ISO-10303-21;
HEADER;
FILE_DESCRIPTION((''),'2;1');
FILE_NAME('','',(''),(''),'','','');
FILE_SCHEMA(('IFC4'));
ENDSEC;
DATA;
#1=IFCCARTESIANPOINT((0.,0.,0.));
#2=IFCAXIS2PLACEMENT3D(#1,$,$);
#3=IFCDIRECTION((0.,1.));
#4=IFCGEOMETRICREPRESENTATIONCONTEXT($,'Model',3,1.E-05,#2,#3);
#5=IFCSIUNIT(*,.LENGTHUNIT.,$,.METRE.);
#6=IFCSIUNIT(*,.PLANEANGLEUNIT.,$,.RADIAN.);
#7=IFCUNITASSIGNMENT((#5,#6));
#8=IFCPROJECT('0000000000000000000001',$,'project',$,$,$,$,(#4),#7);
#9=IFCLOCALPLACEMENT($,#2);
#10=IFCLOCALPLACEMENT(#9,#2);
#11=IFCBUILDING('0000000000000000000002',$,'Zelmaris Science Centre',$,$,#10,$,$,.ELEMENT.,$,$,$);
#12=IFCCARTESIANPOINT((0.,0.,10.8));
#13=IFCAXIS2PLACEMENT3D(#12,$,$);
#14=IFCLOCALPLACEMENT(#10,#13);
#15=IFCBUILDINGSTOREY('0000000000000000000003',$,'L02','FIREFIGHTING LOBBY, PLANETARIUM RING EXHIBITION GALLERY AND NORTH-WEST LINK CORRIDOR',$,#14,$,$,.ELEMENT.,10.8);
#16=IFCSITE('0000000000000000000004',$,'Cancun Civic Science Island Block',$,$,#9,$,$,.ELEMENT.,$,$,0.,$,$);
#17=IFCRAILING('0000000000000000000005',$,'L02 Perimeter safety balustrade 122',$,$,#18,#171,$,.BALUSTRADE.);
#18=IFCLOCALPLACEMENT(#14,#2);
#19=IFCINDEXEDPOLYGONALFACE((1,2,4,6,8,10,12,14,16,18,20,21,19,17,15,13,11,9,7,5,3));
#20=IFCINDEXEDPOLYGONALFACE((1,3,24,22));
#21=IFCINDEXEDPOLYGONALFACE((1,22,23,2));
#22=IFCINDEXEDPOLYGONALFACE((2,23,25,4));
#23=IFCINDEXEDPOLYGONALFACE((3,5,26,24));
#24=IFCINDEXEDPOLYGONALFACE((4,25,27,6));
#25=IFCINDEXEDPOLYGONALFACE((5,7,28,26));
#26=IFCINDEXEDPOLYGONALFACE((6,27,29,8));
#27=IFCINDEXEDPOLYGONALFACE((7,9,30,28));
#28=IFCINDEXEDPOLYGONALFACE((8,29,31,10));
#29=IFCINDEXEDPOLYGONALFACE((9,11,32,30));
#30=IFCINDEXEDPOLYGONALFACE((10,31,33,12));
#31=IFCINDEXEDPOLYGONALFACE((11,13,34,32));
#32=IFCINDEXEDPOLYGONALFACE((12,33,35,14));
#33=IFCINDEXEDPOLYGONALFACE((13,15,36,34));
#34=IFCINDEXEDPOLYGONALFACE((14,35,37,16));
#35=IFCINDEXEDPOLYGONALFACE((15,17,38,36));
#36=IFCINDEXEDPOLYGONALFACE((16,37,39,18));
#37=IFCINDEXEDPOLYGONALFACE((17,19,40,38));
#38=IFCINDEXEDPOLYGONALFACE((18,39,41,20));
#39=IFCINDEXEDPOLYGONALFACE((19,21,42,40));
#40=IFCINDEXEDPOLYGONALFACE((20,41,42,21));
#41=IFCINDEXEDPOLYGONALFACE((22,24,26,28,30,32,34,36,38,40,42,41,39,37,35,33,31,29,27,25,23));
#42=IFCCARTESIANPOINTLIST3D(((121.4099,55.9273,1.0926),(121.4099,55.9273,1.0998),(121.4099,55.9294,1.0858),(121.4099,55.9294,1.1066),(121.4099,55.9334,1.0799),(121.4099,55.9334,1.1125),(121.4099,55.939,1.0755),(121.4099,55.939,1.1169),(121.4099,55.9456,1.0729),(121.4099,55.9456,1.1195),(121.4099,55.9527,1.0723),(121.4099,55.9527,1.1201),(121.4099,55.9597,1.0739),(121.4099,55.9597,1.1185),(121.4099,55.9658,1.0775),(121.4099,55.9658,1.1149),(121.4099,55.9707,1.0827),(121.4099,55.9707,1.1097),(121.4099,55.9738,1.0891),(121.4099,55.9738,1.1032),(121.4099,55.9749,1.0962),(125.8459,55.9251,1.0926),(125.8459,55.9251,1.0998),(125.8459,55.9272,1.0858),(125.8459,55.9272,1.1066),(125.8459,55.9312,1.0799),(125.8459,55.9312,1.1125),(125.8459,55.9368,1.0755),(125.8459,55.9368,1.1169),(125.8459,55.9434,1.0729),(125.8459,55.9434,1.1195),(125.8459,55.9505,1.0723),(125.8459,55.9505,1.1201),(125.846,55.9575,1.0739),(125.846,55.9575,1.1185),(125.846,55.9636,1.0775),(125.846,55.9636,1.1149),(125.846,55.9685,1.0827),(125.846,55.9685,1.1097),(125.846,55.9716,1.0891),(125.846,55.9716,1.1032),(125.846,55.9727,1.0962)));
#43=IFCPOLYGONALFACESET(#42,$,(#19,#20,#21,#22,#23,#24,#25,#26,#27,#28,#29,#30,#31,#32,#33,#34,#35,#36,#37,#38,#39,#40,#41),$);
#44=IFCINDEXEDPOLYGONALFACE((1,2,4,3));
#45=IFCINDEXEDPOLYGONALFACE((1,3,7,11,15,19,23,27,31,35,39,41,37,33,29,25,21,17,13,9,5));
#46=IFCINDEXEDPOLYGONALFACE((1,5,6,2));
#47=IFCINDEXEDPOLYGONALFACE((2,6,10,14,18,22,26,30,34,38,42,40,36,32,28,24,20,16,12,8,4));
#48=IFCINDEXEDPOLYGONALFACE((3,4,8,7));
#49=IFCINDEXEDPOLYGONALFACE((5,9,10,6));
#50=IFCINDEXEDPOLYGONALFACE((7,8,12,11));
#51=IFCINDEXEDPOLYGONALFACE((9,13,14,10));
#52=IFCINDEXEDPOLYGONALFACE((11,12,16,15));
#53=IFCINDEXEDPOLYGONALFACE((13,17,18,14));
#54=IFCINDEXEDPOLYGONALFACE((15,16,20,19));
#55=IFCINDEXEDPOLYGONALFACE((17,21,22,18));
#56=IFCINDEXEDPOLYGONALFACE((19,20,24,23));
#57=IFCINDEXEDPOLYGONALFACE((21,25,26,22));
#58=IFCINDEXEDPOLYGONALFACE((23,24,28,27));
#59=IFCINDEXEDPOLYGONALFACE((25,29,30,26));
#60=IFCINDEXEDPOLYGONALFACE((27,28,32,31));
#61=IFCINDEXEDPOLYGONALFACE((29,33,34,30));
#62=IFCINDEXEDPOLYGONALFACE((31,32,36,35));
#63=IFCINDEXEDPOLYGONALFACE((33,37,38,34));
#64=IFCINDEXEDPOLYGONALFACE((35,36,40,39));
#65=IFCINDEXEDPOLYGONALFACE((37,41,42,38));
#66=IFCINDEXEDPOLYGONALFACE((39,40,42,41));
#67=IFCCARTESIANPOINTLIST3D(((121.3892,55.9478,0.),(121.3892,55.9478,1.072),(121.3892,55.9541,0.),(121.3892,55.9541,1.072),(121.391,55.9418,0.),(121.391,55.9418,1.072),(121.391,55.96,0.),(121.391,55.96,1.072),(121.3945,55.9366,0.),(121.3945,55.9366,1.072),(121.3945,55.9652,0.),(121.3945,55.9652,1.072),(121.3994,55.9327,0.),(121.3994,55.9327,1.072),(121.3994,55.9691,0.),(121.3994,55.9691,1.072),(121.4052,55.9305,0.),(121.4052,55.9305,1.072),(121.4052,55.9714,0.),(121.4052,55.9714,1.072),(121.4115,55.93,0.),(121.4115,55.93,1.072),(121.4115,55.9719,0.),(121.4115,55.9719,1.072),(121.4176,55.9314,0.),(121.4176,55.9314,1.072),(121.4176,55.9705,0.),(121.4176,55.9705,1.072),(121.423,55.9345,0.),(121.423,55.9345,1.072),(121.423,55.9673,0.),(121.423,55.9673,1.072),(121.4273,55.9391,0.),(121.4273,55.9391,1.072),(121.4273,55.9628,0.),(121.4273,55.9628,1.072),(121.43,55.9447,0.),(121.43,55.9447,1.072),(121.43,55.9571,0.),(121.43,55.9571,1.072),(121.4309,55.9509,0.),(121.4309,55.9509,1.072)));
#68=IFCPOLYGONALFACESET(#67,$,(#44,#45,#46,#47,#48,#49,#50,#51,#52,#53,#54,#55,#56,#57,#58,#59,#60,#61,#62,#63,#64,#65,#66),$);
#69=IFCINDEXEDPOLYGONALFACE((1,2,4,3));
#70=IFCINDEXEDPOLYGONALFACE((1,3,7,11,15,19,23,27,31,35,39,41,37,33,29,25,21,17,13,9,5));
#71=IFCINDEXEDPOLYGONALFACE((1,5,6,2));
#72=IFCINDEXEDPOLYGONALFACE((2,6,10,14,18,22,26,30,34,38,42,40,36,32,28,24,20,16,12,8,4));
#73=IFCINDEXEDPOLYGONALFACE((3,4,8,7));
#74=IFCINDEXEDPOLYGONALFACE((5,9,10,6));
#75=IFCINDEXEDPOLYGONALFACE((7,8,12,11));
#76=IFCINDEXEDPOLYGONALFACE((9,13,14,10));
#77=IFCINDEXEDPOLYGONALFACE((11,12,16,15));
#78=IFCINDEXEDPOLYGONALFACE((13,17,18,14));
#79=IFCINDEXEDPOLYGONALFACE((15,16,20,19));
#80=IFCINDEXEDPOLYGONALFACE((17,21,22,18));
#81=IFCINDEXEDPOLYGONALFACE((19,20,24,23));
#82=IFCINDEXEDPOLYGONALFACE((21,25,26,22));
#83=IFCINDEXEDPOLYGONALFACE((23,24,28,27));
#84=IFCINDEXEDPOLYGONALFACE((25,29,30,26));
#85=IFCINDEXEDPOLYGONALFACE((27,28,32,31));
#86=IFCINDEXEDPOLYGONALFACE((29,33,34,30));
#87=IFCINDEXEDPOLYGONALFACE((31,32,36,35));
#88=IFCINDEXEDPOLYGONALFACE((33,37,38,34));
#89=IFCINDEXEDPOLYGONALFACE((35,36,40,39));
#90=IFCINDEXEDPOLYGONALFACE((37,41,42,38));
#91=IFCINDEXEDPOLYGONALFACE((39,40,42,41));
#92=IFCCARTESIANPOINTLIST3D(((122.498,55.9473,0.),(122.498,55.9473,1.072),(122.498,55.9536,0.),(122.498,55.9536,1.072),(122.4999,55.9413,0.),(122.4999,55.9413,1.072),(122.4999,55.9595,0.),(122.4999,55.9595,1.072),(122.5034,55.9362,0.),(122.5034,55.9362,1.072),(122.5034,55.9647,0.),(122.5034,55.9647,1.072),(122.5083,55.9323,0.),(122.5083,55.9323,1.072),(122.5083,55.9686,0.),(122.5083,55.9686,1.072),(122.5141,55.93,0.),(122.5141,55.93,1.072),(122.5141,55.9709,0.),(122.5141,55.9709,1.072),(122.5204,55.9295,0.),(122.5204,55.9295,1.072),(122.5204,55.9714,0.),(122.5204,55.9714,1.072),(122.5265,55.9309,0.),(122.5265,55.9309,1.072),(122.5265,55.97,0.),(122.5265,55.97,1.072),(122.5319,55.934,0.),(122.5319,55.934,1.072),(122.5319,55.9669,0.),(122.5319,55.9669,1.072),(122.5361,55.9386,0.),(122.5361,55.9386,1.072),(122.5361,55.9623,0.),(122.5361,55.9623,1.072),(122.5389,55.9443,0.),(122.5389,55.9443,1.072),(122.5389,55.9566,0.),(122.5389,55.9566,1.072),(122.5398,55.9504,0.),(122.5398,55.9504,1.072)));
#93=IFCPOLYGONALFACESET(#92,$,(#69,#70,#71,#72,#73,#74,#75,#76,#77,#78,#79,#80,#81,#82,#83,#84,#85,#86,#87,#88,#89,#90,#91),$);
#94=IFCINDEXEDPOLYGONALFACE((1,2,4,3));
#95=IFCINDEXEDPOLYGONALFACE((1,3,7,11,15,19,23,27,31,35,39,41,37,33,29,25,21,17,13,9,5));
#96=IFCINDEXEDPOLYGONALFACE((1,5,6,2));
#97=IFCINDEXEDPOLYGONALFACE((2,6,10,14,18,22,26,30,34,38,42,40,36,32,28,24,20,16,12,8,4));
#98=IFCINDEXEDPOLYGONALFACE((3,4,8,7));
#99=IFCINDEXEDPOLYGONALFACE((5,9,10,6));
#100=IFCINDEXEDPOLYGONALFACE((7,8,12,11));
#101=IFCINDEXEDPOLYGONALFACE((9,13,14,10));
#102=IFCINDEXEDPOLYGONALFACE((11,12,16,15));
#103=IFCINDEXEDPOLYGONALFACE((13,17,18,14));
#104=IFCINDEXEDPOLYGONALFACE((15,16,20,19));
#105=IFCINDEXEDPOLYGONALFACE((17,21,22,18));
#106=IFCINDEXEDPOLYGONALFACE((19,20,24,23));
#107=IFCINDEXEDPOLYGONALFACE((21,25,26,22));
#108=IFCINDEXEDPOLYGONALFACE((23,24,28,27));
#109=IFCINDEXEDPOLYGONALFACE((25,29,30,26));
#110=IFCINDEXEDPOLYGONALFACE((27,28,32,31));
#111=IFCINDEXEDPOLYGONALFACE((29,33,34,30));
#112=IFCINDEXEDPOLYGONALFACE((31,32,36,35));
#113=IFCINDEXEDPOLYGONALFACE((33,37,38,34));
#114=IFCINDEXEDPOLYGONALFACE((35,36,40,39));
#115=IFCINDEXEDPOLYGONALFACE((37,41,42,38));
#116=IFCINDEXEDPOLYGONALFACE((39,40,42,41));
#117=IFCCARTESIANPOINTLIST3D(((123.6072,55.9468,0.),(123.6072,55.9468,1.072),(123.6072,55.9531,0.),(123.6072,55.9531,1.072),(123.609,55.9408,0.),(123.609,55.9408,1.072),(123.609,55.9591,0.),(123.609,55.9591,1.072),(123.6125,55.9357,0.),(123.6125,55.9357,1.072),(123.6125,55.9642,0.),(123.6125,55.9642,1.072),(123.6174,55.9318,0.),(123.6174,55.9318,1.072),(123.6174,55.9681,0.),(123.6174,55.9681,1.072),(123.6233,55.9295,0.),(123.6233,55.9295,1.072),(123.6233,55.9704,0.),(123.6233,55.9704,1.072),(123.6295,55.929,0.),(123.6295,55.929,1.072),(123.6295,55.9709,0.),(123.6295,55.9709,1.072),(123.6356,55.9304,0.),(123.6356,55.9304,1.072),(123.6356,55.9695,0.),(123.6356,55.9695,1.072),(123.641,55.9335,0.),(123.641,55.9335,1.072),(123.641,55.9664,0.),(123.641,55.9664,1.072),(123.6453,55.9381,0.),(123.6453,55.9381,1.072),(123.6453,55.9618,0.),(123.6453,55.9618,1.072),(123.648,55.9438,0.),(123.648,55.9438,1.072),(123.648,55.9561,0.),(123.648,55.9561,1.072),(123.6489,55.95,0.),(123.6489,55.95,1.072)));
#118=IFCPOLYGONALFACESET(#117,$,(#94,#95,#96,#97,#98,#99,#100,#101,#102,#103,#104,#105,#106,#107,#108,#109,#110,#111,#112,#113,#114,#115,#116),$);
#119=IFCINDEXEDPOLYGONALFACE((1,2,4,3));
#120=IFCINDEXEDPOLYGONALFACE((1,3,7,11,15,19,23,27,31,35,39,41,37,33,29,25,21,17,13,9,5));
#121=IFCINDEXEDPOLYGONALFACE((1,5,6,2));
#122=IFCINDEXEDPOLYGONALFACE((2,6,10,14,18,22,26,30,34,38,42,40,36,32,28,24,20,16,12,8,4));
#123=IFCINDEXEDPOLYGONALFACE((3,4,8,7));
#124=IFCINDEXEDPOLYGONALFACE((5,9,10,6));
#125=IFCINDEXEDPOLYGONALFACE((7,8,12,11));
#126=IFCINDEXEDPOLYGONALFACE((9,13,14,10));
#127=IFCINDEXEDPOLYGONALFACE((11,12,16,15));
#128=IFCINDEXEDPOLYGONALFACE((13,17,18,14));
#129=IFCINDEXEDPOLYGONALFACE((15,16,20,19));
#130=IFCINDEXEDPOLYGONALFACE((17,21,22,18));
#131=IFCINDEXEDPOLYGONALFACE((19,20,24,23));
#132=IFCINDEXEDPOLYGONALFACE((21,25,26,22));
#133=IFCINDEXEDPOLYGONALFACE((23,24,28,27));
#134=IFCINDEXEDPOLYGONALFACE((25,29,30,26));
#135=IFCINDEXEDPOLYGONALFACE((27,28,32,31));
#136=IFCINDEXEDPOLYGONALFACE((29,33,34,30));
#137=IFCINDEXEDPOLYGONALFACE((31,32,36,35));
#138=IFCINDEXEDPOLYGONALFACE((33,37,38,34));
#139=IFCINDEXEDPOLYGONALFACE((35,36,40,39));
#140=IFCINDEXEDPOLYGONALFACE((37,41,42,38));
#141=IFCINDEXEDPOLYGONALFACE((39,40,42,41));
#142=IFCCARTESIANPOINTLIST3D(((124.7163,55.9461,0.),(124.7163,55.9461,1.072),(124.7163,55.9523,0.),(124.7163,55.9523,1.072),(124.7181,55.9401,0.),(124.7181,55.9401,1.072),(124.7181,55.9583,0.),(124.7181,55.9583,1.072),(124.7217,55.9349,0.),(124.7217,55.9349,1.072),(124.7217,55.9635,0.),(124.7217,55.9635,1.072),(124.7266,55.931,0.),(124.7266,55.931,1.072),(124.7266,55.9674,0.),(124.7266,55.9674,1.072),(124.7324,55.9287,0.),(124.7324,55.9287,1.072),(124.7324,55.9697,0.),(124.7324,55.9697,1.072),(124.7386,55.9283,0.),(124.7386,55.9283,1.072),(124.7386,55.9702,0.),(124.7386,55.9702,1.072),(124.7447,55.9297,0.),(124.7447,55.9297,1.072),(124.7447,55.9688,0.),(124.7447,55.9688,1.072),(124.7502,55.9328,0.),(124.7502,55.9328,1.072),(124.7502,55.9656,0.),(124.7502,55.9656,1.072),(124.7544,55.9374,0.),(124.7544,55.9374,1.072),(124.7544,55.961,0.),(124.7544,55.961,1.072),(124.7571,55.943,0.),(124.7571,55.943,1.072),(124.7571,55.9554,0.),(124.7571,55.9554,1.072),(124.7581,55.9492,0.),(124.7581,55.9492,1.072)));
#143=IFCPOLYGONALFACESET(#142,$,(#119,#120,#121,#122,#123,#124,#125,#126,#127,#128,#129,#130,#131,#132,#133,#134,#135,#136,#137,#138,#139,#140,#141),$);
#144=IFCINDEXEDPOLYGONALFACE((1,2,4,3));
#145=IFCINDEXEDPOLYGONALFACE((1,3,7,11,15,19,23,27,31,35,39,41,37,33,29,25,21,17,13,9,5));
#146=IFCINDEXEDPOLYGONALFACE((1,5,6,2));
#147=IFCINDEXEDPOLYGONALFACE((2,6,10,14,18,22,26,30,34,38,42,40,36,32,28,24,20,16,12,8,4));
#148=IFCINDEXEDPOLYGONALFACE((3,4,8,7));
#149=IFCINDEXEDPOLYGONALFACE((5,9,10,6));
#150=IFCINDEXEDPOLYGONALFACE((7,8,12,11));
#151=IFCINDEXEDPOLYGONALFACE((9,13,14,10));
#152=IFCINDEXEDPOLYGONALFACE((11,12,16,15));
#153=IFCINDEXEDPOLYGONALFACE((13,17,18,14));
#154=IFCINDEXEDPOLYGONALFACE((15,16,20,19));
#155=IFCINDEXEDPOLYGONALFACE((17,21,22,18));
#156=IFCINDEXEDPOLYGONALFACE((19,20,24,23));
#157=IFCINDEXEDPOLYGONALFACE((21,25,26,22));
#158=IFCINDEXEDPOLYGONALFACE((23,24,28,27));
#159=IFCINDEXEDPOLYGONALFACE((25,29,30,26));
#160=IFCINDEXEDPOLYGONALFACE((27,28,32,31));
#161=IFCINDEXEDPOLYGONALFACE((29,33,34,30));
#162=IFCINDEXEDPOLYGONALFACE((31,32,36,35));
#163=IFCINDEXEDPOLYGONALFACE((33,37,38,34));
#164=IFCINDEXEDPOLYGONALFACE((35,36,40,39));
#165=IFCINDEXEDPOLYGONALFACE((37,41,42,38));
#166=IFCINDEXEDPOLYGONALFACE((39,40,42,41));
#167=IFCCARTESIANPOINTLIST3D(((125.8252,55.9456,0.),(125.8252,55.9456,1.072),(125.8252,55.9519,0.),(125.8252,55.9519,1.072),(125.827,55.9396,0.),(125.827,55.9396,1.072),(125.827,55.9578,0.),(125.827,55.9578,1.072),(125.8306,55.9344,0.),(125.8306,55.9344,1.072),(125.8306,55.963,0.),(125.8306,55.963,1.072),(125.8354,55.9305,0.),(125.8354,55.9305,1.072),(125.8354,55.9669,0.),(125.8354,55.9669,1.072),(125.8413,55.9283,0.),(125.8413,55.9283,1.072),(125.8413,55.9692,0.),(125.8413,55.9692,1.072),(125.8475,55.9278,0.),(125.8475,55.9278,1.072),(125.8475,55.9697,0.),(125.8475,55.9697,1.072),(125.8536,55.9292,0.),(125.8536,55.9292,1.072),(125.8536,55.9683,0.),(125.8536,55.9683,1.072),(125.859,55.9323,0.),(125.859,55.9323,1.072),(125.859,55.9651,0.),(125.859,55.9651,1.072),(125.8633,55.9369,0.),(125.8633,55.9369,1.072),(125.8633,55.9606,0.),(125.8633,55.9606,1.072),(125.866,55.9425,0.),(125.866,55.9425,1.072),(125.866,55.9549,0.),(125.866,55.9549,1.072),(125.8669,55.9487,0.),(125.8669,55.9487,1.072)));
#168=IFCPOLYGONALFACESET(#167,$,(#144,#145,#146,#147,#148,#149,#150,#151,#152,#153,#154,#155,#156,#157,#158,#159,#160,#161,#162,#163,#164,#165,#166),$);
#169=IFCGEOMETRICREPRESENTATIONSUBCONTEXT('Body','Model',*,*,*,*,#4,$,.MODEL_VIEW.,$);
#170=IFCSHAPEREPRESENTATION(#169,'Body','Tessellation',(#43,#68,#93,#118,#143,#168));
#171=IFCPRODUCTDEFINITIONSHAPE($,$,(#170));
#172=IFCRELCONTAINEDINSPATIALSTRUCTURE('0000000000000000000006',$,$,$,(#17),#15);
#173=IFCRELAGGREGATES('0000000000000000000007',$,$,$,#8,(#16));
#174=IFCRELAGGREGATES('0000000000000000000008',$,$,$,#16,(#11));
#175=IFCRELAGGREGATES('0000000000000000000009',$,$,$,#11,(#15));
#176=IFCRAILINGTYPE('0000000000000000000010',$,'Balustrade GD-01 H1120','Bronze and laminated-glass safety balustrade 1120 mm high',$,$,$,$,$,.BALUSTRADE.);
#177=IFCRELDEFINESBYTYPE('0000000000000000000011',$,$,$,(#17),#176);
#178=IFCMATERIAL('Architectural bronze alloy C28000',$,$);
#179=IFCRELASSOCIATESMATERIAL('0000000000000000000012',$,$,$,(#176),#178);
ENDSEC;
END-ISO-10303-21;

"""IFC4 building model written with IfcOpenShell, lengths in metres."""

from ifc_helpers import new_model, si_unit, direction, frame, origin, origin_2d, place, context, subcontext, project, spatial, circle, extrude, material, type_object, element, save


model = new_model("IFC4")

# Units and contexts
model_context = context("Model", 3, precision=1e-05, world=origin(), true_north=direction((0.0, 1.0)))
body_context = subcontext(model_context, "Body", "Model", "MODEL_VIEW")
ifc_project = project(units=[si_unit("LENGTHUNIT", "METRE"), si_unit("PLANEANGLEUNIT", "RADIAN")], contexts=[model_context])

# Site, building, storey
site_placement = place(None, origin())
site = spatial("IfcSite", under=ifc_project, at=site_placement, Name="Cancun Civic Science Island Block", CompositionType="ELEMENT", RefElevation=0.0)
building_placement = place(site_placement, origin())
building = spatial("IfcBuilding", under=site, at=building_placement, Name="Zelmaris Science Centre", CompositionType="ELEMENT")
storey_placement = place(building_placement, frame((0.0, 0.0, 10.8)))
storey = spatial("IfcBuildingStorey", under=building, at=storey_placement, Name="L02", Description="FIREFIGHTING LOBBY, PLANETARIUM RING EXHIBITION GALLERY AND NORTH-WEST LINK CORRIDOR", CompositionType="ELEMENT", Elevation=10.8)

# Railing
ifc_material_1 = material(Name="Architectural bronze alloy C28000")
railing_type = type_object("IfcRailingType", Name="Balustrade GD-01 H1120", Description="Bronze and laminated-glass safety balustrade 1120 mm high", PredefinedType="BALUSTRADE", material=ifc_material_1)
railing_placement = place(storey_placement, frame((121.4099, 55.9509, 0.0)))
element("IfcRailing", 1, at=railing_placement, inside=storey, type_object=railing_type, Name="L02 Perimeter safety balustrade 122", PredefinedType="BALUSTRADE", context=body_context, shape_type="SweptSolid", body=[
    extrude(circle(Radius=0.0239, at=origin_2d()), frame((0.0, 0.0, 1.0962), z_axis=(1.0, -0.000495, 0.0), x_axis=(0.000495, 1.0, 0.0)), (0.0, 0.0, 1.0), 4.436),
    extrude(circle(Radius=0.021, at=origin_2d()), origin(), (0.0, 0.0, 1.0), 1.072),
    extrude(circle(Radius=0.021, at=origin_2d()), frame((1.1089, -0.0005, 0.0)), (0.0, 0.0, 1.0), 1.072),
    extrude(circle(Radius=0.021, at=origin_2d()), frame((2.218, -0.001, 0.0)), (0.0, 0.0, 1.0), 1.072),
    extrude(circle(Radius=0.021, at=origin_2d()), frame((3.3271, -0.0017, 0.0)), (0.0, 0.0, 1.0), 1.072),
    extrude(circle(Radius=0.021, at=origin_2d()), frame((4.436, -0.0022, 0.0)), (0.0, 0.0, 1.0), 1.072),
])

save(model, "model.ifc")
